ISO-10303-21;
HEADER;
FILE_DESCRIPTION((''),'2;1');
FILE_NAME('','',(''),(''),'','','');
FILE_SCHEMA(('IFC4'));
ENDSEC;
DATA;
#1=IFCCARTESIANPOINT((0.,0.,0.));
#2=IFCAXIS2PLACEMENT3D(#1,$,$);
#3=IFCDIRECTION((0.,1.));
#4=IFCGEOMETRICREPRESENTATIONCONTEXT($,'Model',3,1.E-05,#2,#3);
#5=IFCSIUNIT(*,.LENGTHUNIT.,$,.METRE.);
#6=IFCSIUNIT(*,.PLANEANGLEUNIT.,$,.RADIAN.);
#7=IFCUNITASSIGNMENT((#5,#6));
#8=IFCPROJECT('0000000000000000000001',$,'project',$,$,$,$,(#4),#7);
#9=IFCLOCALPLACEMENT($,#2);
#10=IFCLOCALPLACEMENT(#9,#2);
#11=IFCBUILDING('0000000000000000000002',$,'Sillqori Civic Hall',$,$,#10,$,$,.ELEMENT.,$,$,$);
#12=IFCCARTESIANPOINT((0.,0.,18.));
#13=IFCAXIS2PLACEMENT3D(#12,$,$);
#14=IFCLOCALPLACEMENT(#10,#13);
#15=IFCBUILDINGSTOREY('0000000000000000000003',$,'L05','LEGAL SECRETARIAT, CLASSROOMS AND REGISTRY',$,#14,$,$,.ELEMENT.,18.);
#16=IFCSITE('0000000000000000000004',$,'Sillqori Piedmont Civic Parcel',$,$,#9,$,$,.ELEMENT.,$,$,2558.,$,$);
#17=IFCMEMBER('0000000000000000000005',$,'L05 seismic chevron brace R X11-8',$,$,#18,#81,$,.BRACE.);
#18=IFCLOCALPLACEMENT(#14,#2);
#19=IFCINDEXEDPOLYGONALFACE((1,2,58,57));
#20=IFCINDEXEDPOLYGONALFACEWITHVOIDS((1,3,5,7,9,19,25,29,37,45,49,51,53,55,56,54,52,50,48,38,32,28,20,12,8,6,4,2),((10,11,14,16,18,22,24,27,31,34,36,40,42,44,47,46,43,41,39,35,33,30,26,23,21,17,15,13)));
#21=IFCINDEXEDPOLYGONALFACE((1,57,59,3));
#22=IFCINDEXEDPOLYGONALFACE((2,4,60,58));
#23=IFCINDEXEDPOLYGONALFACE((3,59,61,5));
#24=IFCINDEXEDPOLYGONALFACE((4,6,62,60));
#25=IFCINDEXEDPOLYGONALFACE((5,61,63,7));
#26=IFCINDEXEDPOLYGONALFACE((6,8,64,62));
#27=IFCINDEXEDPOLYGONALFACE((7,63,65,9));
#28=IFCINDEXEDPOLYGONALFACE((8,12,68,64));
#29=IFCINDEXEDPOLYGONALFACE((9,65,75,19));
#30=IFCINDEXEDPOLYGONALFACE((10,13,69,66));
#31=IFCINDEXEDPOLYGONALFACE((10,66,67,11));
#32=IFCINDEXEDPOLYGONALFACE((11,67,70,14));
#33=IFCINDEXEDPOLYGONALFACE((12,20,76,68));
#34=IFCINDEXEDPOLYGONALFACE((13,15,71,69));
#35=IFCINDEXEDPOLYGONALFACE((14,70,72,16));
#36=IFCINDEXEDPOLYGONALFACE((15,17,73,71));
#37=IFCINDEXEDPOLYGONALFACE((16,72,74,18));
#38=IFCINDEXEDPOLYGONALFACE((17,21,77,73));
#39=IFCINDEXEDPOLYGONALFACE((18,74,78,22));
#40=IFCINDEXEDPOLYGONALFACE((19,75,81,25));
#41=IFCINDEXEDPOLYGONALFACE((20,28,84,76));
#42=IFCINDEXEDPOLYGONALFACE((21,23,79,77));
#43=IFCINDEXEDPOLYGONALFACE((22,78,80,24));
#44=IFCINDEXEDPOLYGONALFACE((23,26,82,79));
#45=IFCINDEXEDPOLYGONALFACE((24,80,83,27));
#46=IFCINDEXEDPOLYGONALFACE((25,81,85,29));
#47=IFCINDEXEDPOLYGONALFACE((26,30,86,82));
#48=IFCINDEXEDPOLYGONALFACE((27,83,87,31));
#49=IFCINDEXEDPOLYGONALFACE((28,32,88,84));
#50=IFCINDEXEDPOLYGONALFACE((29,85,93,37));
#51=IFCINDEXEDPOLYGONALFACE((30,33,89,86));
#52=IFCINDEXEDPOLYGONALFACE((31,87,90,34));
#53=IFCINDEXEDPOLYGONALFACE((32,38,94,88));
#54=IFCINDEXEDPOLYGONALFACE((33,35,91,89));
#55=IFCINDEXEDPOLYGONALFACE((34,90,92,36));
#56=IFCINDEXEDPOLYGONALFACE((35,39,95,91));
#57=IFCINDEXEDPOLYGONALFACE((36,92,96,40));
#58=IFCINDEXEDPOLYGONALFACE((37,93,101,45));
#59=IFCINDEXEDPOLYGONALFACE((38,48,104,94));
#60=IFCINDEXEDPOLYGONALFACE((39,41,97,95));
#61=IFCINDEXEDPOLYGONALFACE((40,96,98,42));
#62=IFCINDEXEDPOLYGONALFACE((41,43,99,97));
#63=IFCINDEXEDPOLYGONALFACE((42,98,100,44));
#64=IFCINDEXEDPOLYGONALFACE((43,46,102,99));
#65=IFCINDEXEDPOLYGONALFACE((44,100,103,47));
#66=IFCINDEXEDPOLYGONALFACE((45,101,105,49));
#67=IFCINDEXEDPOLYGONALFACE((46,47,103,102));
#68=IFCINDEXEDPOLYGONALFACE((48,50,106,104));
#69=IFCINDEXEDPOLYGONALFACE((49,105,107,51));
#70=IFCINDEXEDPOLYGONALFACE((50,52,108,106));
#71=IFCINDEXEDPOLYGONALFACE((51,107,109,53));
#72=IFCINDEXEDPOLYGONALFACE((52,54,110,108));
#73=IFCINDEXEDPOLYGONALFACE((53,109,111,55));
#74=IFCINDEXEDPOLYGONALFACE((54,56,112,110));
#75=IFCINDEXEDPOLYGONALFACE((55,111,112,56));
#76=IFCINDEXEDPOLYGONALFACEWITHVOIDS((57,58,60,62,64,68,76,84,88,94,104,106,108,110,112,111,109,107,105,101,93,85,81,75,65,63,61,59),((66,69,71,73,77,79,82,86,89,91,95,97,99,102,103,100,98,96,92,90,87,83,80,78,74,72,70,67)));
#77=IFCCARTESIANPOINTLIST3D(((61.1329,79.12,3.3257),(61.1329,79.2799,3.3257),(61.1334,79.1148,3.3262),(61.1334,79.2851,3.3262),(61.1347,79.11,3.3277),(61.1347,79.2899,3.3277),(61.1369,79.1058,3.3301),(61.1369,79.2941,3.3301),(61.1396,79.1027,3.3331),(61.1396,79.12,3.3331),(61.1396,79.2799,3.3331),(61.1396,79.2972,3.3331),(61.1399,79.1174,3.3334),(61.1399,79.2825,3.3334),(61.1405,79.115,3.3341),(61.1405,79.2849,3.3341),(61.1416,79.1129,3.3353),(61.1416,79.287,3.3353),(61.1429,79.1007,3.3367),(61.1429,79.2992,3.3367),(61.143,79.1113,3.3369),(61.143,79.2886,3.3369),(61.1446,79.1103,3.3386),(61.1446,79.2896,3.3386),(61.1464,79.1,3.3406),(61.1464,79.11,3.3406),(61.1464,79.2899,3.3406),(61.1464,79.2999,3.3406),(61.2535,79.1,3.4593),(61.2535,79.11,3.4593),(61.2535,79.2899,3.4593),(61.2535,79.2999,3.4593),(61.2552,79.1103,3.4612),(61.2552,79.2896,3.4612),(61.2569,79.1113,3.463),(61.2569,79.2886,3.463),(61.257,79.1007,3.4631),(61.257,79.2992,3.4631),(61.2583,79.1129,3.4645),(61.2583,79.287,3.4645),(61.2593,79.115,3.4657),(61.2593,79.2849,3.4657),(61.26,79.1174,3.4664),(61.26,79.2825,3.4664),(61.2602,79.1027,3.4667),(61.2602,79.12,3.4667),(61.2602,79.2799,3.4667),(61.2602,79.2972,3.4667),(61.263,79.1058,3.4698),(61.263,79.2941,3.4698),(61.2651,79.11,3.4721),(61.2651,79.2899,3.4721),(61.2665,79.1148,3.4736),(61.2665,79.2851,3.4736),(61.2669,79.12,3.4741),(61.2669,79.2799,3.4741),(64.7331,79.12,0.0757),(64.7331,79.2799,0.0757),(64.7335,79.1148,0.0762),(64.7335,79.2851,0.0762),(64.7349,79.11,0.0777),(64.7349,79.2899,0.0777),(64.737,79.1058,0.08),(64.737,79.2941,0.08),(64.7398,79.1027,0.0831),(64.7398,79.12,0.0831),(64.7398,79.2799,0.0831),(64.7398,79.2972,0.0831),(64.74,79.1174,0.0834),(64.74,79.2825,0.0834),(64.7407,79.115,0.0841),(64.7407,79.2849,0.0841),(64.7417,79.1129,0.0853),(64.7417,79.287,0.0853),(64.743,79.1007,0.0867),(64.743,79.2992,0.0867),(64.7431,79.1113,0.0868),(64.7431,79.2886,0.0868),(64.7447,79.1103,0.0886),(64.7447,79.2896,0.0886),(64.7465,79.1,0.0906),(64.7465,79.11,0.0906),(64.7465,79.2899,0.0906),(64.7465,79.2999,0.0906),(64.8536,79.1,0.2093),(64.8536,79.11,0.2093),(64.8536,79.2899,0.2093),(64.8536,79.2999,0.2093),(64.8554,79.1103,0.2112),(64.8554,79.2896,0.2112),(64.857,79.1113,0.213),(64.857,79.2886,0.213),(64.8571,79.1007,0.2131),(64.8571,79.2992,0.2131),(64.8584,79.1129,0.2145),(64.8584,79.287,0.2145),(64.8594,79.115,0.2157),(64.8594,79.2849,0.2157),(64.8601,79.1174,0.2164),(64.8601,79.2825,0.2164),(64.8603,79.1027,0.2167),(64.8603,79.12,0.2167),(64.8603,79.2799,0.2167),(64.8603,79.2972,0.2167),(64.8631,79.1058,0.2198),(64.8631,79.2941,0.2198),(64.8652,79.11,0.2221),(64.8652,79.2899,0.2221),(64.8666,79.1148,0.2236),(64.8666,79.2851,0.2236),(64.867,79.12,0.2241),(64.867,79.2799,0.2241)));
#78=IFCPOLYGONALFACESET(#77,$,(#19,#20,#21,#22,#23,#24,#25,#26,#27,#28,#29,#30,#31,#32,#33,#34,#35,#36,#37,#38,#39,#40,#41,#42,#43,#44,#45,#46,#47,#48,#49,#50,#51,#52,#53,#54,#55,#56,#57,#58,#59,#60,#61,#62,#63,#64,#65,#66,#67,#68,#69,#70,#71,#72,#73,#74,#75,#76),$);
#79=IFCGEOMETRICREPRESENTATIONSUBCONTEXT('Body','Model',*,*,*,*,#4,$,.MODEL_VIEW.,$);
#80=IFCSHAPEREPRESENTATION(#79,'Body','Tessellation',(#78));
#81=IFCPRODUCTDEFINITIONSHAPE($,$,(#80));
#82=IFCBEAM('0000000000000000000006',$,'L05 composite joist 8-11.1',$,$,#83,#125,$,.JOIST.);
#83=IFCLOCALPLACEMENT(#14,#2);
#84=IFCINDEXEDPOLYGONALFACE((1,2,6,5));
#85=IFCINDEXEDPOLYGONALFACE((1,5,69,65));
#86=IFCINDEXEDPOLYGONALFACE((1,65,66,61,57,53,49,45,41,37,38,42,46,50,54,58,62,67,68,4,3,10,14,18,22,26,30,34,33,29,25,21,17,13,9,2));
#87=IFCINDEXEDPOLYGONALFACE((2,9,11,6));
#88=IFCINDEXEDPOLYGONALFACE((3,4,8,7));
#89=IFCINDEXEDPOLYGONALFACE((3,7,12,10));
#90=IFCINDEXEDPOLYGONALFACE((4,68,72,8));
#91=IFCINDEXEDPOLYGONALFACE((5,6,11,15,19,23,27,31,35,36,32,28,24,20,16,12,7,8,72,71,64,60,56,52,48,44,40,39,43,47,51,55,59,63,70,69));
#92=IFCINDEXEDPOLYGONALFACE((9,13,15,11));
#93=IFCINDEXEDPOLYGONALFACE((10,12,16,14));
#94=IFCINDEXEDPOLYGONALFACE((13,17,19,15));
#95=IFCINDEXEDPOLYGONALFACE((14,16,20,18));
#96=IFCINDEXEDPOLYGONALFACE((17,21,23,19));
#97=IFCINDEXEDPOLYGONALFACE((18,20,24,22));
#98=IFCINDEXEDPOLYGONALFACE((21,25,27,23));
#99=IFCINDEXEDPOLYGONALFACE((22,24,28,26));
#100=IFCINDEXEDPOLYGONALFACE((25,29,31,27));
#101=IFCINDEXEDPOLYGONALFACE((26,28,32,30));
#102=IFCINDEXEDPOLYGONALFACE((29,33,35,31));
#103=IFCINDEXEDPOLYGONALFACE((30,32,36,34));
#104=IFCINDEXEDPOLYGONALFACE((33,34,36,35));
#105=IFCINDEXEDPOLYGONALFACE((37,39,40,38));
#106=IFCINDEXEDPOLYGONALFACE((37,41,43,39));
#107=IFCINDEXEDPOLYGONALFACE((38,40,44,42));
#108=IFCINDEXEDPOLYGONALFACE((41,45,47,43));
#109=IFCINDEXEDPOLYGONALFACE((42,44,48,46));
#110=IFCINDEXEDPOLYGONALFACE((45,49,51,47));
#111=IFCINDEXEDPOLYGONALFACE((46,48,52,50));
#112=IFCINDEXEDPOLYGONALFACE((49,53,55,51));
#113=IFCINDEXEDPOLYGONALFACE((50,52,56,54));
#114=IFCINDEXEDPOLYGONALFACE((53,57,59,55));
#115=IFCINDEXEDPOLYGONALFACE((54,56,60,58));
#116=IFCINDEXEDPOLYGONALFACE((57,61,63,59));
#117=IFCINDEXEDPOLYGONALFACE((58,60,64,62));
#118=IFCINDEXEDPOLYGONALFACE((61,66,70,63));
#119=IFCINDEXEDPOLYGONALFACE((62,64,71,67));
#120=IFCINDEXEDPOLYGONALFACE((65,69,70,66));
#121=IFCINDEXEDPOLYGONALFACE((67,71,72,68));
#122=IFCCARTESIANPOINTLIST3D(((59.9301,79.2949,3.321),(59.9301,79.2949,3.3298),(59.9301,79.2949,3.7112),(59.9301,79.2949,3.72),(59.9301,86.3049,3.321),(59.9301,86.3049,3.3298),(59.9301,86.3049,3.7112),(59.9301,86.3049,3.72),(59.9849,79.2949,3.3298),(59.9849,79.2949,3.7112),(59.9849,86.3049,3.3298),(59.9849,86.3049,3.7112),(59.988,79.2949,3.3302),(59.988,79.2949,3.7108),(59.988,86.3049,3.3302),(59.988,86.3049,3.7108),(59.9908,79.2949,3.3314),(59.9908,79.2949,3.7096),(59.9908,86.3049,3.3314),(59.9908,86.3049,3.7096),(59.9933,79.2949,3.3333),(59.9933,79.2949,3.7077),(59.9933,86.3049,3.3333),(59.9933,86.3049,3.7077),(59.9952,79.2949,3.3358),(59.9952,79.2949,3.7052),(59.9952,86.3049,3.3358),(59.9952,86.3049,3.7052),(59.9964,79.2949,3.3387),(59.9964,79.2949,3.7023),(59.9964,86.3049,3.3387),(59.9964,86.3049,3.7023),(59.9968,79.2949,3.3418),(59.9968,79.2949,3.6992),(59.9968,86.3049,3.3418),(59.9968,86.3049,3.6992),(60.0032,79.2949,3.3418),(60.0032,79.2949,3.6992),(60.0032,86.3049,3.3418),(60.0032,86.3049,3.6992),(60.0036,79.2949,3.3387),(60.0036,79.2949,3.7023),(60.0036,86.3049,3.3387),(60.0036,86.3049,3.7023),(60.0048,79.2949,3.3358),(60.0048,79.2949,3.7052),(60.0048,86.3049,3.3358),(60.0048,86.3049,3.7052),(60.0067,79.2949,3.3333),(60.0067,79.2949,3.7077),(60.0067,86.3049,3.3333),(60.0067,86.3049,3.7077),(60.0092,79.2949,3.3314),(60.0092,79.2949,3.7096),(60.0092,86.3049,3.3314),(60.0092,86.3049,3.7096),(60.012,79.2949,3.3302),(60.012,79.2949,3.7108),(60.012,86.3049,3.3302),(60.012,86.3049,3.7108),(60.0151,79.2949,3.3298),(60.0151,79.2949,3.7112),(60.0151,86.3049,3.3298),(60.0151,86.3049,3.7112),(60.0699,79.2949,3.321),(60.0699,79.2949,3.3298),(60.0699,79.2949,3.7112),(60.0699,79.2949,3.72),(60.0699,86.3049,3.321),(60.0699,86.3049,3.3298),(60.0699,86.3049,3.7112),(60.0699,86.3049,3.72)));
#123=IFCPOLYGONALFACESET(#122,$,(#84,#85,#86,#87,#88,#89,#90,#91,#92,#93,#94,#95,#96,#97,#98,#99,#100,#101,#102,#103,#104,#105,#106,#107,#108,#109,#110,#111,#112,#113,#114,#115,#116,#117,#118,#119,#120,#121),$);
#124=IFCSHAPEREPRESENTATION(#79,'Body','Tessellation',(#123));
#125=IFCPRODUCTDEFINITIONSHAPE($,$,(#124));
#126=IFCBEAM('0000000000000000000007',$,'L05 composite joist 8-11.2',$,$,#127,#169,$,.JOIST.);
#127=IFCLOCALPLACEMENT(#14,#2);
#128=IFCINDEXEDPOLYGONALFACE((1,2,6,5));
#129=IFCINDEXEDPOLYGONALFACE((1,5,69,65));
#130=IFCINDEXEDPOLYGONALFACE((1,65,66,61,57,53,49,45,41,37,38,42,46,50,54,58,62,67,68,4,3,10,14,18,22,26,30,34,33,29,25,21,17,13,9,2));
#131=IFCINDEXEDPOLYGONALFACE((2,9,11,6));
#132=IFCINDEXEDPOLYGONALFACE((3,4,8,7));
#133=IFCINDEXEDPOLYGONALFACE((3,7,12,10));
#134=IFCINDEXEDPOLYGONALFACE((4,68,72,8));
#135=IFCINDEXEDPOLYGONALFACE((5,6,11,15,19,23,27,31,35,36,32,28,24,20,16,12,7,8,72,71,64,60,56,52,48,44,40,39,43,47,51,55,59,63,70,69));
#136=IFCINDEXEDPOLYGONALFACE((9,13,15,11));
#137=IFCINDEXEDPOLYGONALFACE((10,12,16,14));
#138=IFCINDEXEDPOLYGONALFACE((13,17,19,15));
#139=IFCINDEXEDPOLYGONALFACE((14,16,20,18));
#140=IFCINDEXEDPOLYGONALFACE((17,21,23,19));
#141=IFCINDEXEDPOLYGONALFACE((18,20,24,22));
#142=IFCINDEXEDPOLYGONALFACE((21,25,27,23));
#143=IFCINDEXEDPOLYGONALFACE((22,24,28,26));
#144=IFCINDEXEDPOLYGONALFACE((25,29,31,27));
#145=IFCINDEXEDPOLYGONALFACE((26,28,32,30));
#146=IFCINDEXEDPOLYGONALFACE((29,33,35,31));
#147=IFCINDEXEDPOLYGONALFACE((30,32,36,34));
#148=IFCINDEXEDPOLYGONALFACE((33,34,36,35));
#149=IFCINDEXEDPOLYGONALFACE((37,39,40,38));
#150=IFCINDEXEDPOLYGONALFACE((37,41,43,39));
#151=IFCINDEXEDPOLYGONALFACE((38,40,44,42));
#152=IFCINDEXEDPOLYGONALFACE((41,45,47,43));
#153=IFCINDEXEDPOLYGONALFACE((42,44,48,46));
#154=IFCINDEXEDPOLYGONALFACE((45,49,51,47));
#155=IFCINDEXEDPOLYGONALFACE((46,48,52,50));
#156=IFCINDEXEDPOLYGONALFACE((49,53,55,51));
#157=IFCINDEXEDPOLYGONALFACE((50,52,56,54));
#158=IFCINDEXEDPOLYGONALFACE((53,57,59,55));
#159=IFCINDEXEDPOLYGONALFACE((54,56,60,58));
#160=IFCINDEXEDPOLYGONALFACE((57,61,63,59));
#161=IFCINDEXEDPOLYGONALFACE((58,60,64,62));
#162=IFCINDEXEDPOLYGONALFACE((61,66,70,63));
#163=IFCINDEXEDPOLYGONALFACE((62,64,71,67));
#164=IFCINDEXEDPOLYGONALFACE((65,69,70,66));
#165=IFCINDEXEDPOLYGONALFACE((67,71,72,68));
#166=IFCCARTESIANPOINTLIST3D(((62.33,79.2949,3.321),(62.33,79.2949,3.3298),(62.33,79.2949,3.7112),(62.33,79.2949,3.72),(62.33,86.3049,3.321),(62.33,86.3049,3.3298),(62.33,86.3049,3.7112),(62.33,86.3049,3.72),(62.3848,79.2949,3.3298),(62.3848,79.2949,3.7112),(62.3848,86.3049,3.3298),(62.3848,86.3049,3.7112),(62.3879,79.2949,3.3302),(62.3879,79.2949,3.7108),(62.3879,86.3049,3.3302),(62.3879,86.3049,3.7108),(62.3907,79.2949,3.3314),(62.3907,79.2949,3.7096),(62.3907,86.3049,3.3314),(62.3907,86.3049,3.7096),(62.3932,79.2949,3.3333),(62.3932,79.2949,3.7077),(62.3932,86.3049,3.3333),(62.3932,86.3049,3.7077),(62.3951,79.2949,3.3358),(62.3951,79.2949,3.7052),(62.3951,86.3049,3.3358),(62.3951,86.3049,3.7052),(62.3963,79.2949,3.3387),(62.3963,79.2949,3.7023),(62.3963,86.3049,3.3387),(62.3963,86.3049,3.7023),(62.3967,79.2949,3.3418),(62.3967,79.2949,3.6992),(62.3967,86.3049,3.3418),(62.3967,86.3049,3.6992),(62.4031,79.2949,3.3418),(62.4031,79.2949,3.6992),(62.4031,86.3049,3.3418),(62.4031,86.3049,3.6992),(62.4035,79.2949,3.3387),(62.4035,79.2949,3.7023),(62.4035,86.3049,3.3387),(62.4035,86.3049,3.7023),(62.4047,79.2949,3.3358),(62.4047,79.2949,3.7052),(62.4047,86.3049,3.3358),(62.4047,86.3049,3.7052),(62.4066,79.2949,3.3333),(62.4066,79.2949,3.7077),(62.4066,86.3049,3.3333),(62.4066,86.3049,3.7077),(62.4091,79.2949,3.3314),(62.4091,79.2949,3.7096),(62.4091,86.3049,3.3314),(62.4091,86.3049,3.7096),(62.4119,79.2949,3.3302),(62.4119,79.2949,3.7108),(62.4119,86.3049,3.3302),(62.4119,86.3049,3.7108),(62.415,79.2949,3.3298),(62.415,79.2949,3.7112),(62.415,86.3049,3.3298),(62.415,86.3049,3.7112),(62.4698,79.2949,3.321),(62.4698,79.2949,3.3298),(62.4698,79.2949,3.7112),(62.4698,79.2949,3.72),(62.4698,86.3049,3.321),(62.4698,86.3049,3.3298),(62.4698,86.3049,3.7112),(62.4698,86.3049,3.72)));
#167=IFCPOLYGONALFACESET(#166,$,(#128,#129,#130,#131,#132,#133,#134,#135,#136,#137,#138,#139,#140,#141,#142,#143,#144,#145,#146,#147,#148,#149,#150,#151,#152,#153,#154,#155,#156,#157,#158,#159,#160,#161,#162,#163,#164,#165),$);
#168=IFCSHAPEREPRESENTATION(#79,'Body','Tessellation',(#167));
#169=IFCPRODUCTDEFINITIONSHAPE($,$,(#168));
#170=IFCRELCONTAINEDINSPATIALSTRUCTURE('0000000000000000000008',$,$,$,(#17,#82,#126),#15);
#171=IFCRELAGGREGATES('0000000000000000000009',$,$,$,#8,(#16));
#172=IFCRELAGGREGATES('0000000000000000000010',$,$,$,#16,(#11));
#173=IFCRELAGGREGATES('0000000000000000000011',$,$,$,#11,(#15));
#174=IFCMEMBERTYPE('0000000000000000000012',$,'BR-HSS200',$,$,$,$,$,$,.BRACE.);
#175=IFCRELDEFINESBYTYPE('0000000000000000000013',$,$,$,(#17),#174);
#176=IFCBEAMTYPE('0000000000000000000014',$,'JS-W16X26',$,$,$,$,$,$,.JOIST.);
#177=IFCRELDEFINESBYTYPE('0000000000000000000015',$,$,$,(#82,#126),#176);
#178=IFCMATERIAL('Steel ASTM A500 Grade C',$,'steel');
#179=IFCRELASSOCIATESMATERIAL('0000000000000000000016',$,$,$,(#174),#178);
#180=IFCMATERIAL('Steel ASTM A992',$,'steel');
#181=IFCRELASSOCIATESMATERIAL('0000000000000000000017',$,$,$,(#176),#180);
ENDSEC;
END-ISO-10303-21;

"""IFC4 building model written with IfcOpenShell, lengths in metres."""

from ifc_helpers import new_model, si_unit, direction, frame, origin, origin_2d, place, context, subcontext, project, spatial, hollow_rectangle, i_section, extrude, material, material_profile, profile_set, type_object, element, save


model = new_model("IFC4")

# Units and contexts
model_context = context("Model", 3, precision=1e-05, world=origin(), true_north=direction((0.0, 1.0)))
body_context = subcontext(model_context, "Body", "Model", "MODEL_VIEW")
ifc_project = project(units=[si_unit("LENGTHUNIT", "METRE"), si_unit("PLANEANGLEUNIT", "RADIAN")], contexts=[model_context])

# Site, building, storey
site_placement = place(None, origin())
site = spatial("IfcSite", under=ifc_project, at=site_placement, Name="Sillqori Piedmont Civic Parcel", CompositionType="ELEMENT", RefElevation=2558.0)
building_placement = place(site_placement, origin())
building = spatial("IfcBuilding", under=site, at=building_placement, Name="Sillqori Civic Hall", CompositionType="ELEMENT")
storey_placement = place(building_placement, frame((0.0, 0.0, 18.0)))
storey = spatial("IfcBuildingStorey", under=building, at=storey_placement, Name="L05", Description="LEGAL SECRETARIAT, CLASSROOMS AND REGISTRY", CompositionType="ELEMENT", Elevation=18.0)

# Shared definitions
ifc_material_1 = material(Name="Steel ASTM A992", Category="steel")

# Member
ifc_material_2 = material(Name="Steel ASTM A500 Grade C", Category="steel")
ifc_material_profile_1 = material_profile(ifc_material_2, hollow_rectangle(XDim=0.2, YDim=0.2, WallThickness=0.01, InnerFilletRadius=0.01, OuterFilletRadius=0.02, at=origin_2d()), Name="HSS200X200X10")
ifc_profile_set_1 = profile_set([ifc_material_profile_1], Name="Steel ASTM A500 Grade C")
member_type = type_object("IfcMemberType", Name="BR-HSS200", PredefinedType="BRACE", material=ifc_profile_set_1)
member_1_placement = place(storey_placement, frame((64.8, 79.2, 0.1499), z_axis=(-0.742277, 0.0, 0.670093), x_axis=(0.0, -1.0, 0.0)))
element("IfcMember", 1, at=member_1_placement, inside=storey, type_object=member_type, Name="L05 seismic chevron brace R X11-8", PredefinedType="BRACE", context=body_context, shape_type="SweptSolid", body=[
    extrude(hollow_rectangle(XDim=0.2, YDim=0.2, WallThickness=0.01, InnerFilletRadius=0.01, OuterFilletRadius=0.02, at=origin_2d()), origin(), (0.0, 0.0, 1.0), 4.8501),
])

# Beams
ifc_material_profile_2 = material_profile(ifc_material_1, i_section(OverallWidth=0.1399, OverallDepth=0.3989, WebThickness=0.0063, FlangeThickness=0.0088, FilletRadius=0.012, at=origin_2d()), Name="W16X26")
ifc_profile_set_2 = profile_set([ifc_material_profile_2], Name="Steel ASTM A992")
beam_type_1 = type_object("IfcBeamType", Name="JS-W16X26", PredefinedType="JOIST", material=ifc_profile_set_2)
for number, where, z_axis, x_axis, name in (
    (2, (60.0, 79.2949, 3.5205), (0.0, 1.0, 0.0), (-1.0, 0.0, 0.0), "L05 composite joist 8-11.1"),
    (3, (62.3999, 79.2949, 3.5205), (0.0, 1.0, 0.0), (-1.0, 0.0, 0.0), "L05 composite joist 8-11.2"),
):
    element("IfcBeam", number, at=place(storey_placement, frame(where, z_axis=z_axis, x_axis=x_axis)), inside=storey, type_object=beam_type_1, Name=name, PredefinedType="JOIST", context=body_context, shape_type="SweptSolid", body=[
        extrude(i_section(OverallWidth=0.1399, OverallDepth=0.3989, WebThickness=0.0063, FlangeThickness=0.0088, FilletRadius=0.012, at=origin_2d()), origin(), (0.0, 0.0, 1.0), 7.01),
    ])

save(model, "model.ifc")
